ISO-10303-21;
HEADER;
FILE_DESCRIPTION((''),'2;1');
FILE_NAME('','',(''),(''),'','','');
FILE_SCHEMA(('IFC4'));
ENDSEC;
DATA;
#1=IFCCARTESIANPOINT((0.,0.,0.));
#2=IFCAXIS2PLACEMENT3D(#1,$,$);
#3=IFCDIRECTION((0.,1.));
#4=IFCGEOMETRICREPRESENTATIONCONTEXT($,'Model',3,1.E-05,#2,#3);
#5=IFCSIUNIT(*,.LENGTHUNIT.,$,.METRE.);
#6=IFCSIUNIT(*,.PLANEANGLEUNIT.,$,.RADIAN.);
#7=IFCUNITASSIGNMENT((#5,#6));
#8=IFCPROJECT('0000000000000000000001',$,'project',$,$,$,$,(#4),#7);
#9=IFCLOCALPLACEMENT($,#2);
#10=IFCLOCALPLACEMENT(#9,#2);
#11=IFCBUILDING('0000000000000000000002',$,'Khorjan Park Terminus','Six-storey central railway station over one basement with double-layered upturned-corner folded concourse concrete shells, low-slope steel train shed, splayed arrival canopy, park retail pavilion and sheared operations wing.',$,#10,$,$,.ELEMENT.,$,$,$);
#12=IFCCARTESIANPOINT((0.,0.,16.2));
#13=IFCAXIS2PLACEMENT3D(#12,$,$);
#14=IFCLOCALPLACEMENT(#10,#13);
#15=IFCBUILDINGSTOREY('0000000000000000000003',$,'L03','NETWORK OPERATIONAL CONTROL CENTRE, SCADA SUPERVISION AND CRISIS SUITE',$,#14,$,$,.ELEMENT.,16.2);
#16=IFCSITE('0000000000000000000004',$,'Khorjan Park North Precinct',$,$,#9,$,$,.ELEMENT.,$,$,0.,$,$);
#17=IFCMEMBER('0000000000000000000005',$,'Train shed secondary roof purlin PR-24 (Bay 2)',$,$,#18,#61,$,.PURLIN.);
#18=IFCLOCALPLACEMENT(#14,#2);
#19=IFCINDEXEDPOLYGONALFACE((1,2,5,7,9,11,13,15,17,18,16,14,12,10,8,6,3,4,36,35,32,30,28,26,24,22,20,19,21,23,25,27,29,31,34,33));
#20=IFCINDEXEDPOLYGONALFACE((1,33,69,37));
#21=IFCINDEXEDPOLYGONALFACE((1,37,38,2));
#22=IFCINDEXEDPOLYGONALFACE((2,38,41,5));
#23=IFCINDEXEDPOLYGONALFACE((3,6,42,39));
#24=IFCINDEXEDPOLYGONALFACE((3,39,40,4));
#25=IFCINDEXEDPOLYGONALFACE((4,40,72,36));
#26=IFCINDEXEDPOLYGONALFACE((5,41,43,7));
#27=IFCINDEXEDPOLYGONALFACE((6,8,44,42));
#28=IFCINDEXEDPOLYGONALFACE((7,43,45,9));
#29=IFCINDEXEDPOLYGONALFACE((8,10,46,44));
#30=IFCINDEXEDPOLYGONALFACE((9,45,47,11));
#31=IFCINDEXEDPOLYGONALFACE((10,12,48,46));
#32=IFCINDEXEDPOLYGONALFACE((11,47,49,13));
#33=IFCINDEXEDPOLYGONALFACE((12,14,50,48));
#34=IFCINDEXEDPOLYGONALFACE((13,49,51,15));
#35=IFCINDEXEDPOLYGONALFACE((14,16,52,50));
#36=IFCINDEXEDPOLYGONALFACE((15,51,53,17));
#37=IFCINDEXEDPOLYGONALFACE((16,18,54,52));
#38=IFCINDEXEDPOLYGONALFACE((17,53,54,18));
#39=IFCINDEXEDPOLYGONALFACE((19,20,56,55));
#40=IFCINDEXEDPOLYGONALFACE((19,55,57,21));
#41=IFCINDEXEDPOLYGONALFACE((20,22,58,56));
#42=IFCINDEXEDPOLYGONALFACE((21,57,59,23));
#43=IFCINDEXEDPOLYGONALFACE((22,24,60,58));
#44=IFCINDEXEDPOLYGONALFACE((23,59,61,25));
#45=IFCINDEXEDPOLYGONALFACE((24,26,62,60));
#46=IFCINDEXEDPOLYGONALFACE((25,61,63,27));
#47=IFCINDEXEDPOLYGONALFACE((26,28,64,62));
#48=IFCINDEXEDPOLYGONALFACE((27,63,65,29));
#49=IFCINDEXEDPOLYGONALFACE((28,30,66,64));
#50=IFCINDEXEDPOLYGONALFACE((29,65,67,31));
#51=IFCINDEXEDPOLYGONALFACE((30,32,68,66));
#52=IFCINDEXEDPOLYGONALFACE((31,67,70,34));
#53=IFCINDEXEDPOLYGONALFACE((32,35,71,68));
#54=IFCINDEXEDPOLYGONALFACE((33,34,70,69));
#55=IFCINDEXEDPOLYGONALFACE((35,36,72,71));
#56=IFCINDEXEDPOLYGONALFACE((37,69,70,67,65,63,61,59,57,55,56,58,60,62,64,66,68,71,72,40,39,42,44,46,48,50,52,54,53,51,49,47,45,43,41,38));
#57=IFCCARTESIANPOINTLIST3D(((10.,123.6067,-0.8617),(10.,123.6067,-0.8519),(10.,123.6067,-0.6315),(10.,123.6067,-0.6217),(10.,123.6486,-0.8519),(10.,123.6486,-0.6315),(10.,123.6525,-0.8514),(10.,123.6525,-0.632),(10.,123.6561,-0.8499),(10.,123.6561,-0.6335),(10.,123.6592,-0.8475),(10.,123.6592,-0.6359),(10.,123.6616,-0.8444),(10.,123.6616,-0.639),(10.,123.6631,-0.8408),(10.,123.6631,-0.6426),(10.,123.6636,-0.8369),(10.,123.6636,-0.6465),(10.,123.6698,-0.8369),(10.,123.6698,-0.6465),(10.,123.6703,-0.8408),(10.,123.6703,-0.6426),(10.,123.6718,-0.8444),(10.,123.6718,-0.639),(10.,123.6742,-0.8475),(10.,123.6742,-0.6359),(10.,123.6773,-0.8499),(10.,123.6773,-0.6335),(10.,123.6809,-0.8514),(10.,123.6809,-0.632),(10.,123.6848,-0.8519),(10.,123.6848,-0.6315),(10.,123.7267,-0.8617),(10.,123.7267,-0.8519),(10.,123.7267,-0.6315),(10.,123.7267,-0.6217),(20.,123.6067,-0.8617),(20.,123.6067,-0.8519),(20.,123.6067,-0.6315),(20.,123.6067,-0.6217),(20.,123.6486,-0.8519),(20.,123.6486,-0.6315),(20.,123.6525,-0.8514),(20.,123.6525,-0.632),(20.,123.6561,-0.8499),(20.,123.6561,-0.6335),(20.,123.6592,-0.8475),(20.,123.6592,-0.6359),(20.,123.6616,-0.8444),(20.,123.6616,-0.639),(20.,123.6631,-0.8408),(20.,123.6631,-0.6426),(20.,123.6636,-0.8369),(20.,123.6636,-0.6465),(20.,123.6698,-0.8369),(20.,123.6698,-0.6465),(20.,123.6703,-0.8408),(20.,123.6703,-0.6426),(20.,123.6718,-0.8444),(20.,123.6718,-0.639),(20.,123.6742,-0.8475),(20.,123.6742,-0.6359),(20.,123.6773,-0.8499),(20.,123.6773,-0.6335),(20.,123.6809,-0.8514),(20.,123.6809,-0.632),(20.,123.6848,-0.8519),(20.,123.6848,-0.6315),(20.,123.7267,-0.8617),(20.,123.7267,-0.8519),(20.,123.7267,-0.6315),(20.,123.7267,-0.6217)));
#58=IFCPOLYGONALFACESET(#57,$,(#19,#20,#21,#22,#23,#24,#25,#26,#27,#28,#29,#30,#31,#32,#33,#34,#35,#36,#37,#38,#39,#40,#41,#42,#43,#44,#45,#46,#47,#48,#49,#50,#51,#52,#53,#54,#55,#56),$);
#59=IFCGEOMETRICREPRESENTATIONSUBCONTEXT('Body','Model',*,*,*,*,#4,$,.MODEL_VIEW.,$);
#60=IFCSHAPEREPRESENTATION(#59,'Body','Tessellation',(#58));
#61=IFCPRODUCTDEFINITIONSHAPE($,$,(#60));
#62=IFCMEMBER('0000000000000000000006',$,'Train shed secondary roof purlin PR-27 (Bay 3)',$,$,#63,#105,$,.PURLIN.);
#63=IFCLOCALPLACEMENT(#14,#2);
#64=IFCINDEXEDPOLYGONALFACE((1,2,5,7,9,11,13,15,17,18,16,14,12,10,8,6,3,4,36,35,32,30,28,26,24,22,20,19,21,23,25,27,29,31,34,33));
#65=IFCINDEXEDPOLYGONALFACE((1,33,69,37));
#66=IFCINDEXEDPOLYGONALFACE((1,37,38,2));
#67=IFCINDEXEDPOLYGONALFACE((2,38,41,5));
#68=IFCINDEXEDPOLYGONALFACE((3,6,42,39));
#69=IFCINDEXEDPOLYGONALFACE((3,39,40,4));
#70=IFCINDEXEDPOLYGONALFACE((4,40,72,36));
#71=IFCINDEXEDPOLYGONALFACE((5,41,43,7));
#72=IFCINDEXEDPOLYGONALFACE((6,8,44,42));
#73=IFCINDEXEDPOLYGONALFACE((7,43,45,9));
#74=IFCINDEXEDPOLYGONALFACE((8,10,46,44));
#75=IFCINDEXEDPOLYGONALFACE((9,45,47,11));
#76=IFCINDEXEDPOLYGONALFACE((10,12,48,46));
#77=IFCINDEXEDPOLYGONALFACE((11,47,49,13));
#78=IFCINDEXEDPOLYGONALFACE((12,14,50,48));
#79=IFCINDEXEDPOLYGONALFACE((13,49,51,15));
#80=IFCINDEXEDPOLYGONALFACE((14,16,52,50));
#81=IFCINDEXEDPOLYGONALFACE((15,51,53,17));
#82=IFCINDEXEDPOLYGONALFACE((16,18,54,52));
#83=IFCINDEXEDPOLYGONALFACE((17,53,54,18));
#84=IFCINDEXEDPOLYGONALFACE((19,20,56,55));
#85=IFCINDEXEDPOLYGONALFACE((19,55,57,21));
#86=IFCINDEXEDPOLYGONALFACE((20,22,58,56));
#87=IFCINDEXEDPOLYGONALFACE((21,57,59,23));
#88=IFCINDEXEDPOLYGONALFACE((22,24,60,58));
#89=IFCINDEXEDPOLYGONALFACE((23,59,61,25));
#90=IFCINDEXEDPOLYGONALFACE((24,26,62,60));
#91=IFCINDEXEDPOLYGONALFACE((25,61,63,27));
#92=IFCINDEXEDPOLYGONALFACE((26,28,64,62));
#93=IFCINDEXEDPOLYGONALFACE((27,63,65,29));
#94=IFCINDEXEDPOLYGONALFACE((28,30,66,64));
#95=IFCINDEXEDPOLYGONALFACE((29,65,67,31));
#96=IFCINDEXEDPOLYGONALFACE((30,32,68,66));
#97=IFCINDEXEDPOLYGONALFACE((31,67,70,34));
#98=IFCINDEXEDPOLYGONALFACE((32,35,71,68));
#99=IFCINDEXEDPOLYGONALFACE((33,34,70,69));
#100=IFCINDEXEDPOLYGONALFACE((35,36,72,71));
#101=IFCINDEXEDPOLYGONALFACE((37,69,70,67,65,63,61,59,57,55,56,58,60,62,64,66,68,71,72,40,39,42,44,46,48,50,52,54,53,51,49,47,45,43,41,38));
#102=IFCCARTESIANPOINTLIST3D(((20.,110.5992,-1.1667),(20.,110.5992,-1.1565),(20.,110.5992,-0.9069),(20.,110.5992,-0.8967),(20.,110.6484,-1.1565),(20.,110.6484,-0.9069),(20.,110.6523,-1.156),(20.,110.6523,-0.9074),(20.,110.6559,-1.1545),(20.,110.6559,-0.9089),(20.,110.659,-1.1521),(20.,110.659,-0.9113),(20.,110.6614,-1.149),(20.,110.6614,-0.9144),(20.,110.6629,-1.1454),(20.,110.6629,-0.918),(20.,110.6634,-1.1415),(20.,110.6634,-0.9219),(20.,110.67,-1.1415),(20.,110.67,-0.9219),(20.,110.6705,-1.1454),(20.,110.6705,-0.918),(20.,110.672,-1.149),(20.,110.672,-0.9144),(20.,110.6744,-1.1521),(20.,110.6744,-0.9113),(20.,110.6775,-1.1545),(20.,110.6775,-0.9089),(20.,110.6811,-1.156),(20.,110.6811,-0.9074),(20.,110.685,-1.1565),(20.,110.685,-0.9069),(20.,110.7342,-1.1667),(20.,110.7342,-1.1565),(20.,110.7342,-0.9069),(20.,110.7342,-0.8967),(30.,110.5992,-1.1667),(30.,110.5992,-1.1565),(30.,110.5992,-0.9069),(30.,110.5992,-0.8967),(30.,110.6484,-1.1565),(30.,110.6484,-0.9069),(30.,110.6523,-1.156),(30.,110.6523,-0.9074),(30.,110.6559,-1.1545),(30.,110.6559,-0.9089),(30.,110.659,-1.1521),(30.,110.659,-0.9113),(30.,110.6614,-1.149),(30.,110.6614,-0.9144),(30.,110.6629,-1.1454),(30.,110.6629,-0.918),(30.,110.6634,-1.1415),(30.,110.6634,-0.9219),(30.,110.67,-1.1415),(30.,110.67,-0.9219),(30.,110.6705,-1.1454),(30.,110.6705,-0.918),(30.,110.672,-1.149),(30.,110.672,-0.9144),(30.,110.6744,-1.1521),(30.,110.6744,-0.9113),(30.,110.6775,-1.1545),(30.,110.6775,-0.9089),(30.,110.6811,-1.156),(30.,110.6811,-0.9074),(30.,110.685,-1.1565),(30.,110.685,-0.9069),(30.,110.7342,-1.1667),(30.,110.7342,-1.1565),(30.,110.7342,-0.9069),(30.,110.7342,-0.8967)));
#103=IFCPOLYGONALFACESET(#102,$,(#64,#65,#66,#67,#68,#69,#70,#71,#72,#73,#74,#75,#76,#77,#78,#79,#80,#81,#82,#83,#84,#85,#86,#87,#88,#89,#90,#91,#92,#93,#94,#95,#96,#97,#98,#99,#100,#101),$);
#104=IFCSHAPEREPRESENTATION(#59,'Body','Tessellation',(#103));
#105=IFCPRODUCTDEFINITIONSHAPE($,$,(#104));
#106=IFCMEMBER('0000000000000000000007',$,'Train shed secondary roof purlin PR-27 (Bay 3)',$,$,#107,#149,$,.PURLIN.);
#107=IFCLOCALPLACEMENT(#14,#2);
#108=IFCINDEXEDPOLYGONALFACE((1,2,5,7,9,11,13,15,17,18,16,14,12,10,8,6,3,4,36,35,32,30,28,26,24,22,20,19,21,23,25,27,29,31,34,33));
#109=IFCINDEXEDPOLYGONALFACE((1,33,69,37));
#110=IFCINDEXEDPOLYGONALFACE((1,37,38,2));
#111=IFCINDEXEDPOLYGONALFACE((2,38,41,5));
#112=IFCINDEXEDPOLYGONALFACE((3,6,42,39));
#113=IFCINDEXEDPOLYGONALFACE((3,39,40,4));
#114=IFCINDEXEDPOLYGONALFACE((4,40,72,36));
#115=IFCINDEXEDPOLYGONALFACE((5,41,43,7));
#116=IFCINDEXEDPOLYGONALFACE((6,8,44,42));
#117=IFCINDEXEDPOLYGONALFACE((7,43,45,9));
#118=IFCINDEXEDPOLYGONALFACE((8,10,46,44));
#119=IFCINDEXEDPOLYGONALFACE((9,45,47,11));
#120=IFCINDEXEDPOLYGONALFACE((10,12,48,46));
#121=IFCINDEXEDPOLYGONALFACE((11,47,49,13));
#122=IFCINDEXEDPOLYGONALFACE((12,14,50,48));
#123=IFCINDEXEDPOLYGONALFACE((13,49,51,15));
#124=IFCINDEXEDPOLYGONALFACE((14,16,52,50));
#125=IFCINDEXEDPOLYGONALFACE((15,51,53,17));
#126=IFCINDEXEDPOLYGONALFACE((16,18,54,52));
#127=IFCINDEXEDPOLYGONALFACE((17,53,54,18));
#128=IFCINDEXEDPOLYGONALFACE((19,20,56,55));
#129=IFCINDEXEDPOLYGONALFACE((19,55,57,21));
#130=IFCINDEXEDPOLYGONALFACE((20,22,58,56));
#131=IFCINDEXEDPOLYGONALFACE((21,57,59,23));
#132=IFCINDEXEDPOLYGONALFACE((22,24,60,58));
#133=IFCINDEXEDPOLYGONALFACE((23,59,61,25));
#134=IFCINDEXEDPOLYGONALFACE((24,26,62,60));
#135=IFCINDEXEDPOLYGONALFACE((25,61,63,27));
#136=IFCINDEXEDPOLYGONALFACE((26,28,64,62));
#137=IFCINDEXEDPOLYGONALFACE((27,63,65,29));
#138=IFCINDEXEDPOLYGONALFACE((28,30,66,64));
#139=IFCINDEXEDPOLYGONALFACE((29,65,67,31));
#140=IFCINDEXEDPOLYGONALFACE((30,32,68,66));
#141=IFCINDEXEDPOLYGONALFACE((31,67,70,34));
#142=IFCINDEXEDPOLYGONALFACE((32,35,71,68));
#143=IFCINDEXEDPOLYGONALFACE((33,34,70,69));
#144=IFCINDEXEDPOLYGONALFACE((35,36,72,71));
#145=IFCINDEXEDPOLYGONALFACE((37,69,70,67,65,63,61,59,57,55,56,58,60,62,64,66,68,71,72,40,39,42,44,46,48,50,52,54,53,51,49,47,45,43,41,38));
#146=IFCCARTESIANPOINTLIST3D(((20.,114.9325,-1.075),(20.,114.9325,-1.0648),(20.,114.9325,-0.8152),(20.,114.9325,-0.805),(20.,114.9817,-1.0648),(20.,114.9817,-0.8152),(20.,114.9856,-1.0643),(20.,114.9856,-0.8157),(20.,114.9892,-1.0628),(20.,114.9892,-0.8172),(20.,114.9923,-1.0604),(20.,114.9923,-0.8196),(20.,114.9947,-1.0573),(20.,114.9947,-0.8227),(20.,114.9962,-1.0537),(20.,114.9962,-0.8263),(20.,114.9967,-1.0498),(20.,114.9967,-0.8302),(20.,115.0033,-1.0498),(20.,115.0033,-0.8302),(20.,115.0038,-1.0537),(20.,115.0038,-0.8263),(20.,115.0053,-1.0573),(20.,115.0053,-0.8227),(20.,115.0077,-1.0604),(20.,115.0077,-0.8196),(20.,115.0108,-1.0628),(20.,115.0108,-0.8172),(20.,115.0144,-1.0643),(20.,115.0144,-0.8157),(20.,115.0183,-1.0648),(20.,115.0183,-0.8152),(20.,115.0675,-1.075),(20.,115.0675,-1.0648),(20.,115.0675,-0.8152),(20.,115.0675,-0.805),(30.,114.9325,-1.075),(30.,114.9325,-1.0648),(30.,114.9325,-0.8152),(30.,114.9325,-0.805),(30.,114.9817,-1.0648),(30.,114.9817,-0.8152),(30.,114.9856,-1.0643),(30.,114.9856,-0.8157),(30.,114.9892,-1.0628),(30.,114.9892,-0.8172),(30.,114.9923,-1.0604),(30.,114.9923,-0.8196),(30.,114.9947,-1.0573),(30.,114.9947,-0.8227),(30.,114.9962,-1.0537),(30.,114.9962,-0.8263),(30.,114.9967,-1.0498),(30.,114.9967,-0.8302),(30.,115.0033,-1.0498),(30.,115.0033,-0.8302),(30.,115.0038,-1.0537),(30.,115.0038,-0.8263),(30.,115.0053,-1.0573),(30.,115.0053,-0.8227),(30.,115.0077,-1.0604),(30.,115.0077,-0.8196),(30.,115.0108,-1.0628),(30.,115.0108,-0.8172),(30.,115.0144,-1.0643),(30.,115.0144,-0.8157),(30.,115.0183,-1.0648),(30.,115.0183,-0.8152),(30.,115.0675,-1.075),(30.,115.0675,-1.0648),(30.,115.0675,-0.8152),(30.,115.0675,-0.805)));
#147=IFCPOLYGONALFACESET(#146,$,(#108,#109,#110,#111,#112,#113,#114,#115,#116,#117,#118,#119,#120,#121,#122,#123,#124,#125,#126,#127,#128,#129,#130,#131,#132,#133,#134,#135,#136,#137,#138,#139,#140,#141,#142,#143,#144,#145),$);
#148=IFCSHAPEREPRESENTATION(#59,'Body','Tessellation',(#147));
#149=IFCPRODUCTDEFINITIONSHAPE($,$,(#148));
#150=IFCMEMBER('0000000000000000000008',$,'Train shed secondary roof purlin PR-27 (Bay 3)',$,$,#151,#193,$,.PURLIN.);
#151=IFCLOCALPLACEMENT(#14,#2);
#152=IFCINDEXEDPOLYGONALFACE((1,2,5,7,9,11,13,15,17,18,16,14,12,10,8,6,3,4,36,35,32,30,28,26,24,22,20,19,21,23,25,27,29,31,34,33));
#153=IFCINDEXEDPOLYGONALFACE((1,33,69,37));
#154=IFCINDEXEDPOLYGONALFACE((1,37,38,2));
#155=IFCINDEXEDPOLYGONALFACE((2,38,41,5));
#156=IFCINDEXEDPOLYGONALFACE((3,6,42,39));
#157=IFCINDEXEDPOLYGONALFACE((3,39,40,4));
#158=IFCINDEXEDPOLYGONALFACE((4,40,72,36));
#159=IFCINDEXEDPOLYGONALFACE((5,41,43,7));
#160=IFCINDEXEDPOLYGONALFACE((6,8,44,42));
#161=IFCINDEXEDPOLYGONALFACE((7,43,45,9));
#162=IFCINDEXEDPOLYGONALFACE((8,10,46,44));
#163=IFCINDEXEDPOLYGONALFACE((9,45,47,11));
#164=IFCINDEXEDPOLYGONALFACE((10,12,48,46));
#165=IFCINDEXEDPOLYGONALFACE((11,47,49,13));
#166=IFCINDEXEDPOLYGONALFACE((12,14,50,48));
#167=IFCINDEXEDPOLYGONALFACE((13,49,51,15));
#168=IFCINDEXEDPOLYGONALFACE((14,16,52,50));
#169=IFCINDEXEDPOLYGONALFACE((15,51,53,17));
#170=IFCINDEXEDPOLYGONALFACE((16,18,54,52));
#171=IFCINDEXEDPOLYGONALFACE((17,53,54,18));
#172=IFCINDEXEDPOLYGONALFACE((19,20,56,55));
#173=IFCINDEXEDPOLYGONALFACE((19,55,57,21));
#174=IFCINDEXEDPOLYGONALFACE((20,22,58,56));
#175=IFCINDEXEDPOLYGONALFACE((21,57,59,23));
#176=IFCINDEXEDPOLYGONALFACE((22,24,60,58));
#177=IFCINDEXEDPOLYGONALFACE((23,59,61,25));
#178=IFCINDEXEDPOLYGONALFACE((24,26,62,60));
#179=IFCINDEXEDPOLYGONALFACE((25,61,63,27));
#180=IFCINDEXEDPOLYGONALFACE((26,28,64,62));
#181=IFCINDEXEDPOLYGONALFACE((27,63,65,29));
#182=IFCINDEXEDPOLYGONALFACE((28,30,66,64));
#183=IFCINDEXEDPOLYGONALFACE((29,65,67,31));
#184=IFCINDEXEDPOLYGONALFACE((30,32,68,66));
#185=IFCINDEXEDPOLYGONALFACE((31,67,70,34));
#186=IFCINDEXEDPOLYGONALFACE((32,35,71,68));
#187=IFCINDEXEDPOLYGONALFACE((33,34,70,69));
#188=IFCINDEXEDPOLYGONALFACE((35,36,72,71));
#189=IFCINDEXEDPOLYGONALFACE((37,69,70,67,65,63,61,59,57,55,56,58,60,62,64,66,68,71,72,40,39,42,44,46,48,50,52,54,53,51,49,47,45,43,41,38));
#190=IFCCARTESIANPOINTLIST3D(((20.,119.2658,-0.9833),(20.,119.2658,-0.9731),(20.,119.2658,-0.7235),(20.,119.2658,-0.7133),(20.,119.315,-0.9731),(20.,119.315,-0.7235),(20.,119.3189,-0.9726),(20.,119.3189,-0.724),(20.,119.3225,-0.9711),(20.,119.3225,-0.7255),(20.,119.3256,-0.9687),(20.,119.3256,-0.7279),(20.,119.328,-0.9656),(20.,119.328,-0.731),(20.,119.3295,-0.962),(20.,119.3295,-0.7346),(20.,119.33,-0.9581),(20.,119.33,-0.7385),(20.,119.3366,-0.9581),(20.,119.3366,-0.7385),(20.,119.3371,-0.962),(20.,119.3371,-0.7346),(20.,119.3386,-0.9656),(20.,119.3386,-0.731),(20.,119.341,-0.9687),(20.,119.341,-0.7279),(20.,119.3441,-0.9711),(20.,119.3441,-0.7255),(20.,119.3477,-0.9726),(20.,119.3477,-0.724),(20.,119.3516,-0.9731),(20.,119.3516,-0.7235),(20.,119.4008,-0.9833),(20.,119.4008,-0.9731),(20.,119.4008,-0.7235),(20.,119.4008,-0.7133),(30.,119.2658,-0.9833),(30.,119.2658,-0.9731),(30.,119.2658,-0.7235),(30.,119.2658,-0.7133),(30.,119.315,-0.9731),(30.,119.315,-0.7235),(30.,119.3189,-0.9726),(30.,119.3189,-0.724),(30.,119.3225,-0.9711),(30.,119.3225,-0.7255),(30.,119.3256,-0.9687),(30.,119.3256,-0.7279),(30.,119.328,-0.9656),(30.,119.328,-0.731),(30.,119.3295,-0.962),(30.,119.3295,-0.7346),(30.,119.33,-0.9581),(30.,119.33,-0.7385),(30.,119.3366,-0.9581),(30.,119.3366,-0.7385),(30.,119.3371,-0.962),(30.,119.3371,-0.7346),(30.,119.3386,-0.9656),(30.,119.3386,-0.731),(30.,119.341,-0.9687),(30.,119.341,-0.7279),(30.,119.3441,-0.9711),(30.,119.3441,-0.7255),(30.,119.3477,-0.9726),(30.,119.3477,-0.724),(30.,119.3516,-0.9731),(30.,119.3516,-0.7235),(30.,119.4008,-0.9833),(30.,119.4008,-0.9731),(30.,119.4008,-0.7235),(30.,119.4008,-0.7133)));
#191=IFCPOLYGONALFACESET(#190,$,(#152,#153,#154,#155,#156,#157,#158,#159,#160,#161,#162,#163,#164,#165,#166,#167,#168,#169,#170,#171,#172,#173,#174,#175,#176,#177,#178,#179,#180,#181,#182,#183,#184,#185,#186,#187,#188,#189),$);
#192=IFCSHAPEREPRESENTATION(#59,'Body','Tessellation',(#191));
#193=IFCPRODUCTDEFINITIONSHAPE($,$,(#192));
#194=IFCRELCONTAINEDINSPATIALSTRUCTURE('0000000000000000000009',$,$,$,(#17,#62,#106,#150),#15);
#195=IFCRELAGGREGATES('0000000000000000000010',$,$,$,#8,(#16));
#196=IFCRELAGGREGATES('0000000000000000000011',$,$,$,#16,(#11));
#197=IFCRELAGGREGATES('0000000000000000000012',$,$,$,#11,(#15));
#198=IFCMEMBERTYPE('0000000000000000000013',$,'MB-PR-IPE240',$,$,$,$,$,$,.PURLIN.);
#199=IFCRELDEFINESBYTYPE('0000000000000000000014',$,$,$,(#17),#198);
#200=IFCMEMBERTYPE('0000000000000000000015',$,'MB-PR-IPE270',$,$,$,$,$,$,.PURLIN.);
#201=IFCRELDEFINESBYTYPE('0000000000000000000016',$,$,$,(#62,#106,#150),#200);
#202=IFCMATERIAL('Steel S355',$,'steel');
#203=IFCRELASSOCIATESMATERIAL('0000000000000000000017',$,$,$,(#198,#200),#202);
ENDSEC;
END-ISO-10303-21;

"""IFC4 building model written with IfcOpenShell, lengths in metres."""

from ifc_helpers import new_model, si_unit, direction, frame, origin, origin_2d, place, context, subcontext, project, spatial, i_section, extrude, material, material_profile, profile_set, type_object, element, save


model = new_model("IFC4")

# Units and contexts
model_context = context("Model", 3, precision=1e-05, world=origin(), true_north=direction((0.0, 1.0)))
body_context = subcontext(model_context, "Body", "Model", "MODEL_VIEW")
ifc_project = project(units=[si_unit("LENGTHUNIT", "METRE"), si_unit("PLANEANGLEUNIT", "RADIAN")], contexts=[model_context])

# Site, building, storey
site_placement = place(None, origin())
site = spatial("IfcSite", under=ifc_project, at=site_placement, Name="Khorjan Park North Precinct", CompositionType="ELEMENT", RefElevation=0.0)
building_placement = place(site_placement, origin())
building = spatial("IfcBuilding", under=site, at=building_placement, Name="Khorjan Park Terminus", Description="Six-storey central railway station over one basement with double-layered upturned-corner folded concourse concrete shells, low-slope steel train shed, splayed arrival canopy, park retail pavilion and sheared operations wing.", CompositionType="ELEMENT")
storey_placement = place(building_placement, frame((0.0, 0.0, 16.2)))
storey = spatial("IfcBuildingStorey", under=building, at=storey_placement, Name="L03", Description="NETWORK OPERATIONAL CONTROL CENTRE, SCADA SUPERVISION AND CRISIS SUITE", CompositionType="ELEMENT", Elevation=16.2)

# Members
ifc_material = material(Name="Steel S355", Category="steel")
ifc_material_profile_1 = material_profile(ifc_material, i_section(OverallWidth=0.12, OverallDepth=0.24, WebThickness=0.0062, FlangeThickness=0.0098, FilletRadius=0.015, at=origin_2d()), Name="IPE 240")
ifc_profile_set_1 = profile_set([ifc_material_profile_1], Name="Steel S355")
member_type_1 = type_object("IfcMemberType", Name="MB-PR-IPE240", PredefinedType="PURLIN", material=ifc_profile_set_1)
member_1_placement = place(storey_placement, frame((10.0, 123.6667, -0.7417), z_axis=(1.0, 0.0, 0.0), x_axis=(0.0, 1.0, 0.0)))
element("IfcMember", 1, at=member_1_placement, inside=storey, type_object=member_type_1, Name="Train shed secondary roof purlin PR-24 (Bay 2)", PredefinedType="PURLIN", context=body_context, shape_type="SweptSolid", body=[
    extrude(i_section(OverallWidth=0.12, OverallDepth=0.24, WebThickness=0.0062, FlangeThickness=0.0098, FilletRadius=0.015, at=origin_2d()), origin(), (0.0, 0.0, 1.0), 10.0),
])
ifc_material_profile_2 = material_profile(ifc_material, i_section(OverallWidth=0.135, OverallDepth=0.27, WebThickness=0.0066, FlangeThickness=0.0102, FilletRadius=0.015, at=origin_2d()), Name="IPE 270")
ifc_profile_set_2 = profile_set([ifc_material_profile_2], Name="Steel S355")
member_type_2 = type_object("IfcMemberType", Name="MB-PR-IPE270", PredefinedType="PURLIN", material=ifc_profile_set_2)
for number, where, z_axis, x_axis, name in (
    (2, (20.0, 110.6667, -1.0317), (1.0, 0.0, 0.0), (0.0, 1.0, 0.0), "Train shed secondary roof purlin PR-27 (Bay 3)"),
    (3, (20.0, 115.0, -0.94), (1.0, 0.0, 0.0), (0.0, 1.0, 0.0), "Train shed secondary roof purlin PR-27 (Bay 3)"),
    (4, (20.0, 119.3333, -0.8483), (1.0, 0.0, 0.0), (0.0, 1.0, 0.0), "Train shed secondary roof purlin PR-27 (Bay 3)"),
):
    element("IfcMember", number, at=place(storey_placement, frame(where, z_axis=z_axis, x_axis=x_axis)), inside=storey, type_object=member_type_2, Name=name, PredefinedType="PURLIN", context=body_context, shape_type="SweptSolid", body=[
        extrude(i_section(OverallWidth=0.135, OverallDepth=0.27, WebThickness=0.0066, FlangeThickness=0.0102, FilletRadius=0.015, at=origin_2d()), origin(), (0.0, 0.0, 1.0), 10.0),
    ])

save(model, "model.ifc")
